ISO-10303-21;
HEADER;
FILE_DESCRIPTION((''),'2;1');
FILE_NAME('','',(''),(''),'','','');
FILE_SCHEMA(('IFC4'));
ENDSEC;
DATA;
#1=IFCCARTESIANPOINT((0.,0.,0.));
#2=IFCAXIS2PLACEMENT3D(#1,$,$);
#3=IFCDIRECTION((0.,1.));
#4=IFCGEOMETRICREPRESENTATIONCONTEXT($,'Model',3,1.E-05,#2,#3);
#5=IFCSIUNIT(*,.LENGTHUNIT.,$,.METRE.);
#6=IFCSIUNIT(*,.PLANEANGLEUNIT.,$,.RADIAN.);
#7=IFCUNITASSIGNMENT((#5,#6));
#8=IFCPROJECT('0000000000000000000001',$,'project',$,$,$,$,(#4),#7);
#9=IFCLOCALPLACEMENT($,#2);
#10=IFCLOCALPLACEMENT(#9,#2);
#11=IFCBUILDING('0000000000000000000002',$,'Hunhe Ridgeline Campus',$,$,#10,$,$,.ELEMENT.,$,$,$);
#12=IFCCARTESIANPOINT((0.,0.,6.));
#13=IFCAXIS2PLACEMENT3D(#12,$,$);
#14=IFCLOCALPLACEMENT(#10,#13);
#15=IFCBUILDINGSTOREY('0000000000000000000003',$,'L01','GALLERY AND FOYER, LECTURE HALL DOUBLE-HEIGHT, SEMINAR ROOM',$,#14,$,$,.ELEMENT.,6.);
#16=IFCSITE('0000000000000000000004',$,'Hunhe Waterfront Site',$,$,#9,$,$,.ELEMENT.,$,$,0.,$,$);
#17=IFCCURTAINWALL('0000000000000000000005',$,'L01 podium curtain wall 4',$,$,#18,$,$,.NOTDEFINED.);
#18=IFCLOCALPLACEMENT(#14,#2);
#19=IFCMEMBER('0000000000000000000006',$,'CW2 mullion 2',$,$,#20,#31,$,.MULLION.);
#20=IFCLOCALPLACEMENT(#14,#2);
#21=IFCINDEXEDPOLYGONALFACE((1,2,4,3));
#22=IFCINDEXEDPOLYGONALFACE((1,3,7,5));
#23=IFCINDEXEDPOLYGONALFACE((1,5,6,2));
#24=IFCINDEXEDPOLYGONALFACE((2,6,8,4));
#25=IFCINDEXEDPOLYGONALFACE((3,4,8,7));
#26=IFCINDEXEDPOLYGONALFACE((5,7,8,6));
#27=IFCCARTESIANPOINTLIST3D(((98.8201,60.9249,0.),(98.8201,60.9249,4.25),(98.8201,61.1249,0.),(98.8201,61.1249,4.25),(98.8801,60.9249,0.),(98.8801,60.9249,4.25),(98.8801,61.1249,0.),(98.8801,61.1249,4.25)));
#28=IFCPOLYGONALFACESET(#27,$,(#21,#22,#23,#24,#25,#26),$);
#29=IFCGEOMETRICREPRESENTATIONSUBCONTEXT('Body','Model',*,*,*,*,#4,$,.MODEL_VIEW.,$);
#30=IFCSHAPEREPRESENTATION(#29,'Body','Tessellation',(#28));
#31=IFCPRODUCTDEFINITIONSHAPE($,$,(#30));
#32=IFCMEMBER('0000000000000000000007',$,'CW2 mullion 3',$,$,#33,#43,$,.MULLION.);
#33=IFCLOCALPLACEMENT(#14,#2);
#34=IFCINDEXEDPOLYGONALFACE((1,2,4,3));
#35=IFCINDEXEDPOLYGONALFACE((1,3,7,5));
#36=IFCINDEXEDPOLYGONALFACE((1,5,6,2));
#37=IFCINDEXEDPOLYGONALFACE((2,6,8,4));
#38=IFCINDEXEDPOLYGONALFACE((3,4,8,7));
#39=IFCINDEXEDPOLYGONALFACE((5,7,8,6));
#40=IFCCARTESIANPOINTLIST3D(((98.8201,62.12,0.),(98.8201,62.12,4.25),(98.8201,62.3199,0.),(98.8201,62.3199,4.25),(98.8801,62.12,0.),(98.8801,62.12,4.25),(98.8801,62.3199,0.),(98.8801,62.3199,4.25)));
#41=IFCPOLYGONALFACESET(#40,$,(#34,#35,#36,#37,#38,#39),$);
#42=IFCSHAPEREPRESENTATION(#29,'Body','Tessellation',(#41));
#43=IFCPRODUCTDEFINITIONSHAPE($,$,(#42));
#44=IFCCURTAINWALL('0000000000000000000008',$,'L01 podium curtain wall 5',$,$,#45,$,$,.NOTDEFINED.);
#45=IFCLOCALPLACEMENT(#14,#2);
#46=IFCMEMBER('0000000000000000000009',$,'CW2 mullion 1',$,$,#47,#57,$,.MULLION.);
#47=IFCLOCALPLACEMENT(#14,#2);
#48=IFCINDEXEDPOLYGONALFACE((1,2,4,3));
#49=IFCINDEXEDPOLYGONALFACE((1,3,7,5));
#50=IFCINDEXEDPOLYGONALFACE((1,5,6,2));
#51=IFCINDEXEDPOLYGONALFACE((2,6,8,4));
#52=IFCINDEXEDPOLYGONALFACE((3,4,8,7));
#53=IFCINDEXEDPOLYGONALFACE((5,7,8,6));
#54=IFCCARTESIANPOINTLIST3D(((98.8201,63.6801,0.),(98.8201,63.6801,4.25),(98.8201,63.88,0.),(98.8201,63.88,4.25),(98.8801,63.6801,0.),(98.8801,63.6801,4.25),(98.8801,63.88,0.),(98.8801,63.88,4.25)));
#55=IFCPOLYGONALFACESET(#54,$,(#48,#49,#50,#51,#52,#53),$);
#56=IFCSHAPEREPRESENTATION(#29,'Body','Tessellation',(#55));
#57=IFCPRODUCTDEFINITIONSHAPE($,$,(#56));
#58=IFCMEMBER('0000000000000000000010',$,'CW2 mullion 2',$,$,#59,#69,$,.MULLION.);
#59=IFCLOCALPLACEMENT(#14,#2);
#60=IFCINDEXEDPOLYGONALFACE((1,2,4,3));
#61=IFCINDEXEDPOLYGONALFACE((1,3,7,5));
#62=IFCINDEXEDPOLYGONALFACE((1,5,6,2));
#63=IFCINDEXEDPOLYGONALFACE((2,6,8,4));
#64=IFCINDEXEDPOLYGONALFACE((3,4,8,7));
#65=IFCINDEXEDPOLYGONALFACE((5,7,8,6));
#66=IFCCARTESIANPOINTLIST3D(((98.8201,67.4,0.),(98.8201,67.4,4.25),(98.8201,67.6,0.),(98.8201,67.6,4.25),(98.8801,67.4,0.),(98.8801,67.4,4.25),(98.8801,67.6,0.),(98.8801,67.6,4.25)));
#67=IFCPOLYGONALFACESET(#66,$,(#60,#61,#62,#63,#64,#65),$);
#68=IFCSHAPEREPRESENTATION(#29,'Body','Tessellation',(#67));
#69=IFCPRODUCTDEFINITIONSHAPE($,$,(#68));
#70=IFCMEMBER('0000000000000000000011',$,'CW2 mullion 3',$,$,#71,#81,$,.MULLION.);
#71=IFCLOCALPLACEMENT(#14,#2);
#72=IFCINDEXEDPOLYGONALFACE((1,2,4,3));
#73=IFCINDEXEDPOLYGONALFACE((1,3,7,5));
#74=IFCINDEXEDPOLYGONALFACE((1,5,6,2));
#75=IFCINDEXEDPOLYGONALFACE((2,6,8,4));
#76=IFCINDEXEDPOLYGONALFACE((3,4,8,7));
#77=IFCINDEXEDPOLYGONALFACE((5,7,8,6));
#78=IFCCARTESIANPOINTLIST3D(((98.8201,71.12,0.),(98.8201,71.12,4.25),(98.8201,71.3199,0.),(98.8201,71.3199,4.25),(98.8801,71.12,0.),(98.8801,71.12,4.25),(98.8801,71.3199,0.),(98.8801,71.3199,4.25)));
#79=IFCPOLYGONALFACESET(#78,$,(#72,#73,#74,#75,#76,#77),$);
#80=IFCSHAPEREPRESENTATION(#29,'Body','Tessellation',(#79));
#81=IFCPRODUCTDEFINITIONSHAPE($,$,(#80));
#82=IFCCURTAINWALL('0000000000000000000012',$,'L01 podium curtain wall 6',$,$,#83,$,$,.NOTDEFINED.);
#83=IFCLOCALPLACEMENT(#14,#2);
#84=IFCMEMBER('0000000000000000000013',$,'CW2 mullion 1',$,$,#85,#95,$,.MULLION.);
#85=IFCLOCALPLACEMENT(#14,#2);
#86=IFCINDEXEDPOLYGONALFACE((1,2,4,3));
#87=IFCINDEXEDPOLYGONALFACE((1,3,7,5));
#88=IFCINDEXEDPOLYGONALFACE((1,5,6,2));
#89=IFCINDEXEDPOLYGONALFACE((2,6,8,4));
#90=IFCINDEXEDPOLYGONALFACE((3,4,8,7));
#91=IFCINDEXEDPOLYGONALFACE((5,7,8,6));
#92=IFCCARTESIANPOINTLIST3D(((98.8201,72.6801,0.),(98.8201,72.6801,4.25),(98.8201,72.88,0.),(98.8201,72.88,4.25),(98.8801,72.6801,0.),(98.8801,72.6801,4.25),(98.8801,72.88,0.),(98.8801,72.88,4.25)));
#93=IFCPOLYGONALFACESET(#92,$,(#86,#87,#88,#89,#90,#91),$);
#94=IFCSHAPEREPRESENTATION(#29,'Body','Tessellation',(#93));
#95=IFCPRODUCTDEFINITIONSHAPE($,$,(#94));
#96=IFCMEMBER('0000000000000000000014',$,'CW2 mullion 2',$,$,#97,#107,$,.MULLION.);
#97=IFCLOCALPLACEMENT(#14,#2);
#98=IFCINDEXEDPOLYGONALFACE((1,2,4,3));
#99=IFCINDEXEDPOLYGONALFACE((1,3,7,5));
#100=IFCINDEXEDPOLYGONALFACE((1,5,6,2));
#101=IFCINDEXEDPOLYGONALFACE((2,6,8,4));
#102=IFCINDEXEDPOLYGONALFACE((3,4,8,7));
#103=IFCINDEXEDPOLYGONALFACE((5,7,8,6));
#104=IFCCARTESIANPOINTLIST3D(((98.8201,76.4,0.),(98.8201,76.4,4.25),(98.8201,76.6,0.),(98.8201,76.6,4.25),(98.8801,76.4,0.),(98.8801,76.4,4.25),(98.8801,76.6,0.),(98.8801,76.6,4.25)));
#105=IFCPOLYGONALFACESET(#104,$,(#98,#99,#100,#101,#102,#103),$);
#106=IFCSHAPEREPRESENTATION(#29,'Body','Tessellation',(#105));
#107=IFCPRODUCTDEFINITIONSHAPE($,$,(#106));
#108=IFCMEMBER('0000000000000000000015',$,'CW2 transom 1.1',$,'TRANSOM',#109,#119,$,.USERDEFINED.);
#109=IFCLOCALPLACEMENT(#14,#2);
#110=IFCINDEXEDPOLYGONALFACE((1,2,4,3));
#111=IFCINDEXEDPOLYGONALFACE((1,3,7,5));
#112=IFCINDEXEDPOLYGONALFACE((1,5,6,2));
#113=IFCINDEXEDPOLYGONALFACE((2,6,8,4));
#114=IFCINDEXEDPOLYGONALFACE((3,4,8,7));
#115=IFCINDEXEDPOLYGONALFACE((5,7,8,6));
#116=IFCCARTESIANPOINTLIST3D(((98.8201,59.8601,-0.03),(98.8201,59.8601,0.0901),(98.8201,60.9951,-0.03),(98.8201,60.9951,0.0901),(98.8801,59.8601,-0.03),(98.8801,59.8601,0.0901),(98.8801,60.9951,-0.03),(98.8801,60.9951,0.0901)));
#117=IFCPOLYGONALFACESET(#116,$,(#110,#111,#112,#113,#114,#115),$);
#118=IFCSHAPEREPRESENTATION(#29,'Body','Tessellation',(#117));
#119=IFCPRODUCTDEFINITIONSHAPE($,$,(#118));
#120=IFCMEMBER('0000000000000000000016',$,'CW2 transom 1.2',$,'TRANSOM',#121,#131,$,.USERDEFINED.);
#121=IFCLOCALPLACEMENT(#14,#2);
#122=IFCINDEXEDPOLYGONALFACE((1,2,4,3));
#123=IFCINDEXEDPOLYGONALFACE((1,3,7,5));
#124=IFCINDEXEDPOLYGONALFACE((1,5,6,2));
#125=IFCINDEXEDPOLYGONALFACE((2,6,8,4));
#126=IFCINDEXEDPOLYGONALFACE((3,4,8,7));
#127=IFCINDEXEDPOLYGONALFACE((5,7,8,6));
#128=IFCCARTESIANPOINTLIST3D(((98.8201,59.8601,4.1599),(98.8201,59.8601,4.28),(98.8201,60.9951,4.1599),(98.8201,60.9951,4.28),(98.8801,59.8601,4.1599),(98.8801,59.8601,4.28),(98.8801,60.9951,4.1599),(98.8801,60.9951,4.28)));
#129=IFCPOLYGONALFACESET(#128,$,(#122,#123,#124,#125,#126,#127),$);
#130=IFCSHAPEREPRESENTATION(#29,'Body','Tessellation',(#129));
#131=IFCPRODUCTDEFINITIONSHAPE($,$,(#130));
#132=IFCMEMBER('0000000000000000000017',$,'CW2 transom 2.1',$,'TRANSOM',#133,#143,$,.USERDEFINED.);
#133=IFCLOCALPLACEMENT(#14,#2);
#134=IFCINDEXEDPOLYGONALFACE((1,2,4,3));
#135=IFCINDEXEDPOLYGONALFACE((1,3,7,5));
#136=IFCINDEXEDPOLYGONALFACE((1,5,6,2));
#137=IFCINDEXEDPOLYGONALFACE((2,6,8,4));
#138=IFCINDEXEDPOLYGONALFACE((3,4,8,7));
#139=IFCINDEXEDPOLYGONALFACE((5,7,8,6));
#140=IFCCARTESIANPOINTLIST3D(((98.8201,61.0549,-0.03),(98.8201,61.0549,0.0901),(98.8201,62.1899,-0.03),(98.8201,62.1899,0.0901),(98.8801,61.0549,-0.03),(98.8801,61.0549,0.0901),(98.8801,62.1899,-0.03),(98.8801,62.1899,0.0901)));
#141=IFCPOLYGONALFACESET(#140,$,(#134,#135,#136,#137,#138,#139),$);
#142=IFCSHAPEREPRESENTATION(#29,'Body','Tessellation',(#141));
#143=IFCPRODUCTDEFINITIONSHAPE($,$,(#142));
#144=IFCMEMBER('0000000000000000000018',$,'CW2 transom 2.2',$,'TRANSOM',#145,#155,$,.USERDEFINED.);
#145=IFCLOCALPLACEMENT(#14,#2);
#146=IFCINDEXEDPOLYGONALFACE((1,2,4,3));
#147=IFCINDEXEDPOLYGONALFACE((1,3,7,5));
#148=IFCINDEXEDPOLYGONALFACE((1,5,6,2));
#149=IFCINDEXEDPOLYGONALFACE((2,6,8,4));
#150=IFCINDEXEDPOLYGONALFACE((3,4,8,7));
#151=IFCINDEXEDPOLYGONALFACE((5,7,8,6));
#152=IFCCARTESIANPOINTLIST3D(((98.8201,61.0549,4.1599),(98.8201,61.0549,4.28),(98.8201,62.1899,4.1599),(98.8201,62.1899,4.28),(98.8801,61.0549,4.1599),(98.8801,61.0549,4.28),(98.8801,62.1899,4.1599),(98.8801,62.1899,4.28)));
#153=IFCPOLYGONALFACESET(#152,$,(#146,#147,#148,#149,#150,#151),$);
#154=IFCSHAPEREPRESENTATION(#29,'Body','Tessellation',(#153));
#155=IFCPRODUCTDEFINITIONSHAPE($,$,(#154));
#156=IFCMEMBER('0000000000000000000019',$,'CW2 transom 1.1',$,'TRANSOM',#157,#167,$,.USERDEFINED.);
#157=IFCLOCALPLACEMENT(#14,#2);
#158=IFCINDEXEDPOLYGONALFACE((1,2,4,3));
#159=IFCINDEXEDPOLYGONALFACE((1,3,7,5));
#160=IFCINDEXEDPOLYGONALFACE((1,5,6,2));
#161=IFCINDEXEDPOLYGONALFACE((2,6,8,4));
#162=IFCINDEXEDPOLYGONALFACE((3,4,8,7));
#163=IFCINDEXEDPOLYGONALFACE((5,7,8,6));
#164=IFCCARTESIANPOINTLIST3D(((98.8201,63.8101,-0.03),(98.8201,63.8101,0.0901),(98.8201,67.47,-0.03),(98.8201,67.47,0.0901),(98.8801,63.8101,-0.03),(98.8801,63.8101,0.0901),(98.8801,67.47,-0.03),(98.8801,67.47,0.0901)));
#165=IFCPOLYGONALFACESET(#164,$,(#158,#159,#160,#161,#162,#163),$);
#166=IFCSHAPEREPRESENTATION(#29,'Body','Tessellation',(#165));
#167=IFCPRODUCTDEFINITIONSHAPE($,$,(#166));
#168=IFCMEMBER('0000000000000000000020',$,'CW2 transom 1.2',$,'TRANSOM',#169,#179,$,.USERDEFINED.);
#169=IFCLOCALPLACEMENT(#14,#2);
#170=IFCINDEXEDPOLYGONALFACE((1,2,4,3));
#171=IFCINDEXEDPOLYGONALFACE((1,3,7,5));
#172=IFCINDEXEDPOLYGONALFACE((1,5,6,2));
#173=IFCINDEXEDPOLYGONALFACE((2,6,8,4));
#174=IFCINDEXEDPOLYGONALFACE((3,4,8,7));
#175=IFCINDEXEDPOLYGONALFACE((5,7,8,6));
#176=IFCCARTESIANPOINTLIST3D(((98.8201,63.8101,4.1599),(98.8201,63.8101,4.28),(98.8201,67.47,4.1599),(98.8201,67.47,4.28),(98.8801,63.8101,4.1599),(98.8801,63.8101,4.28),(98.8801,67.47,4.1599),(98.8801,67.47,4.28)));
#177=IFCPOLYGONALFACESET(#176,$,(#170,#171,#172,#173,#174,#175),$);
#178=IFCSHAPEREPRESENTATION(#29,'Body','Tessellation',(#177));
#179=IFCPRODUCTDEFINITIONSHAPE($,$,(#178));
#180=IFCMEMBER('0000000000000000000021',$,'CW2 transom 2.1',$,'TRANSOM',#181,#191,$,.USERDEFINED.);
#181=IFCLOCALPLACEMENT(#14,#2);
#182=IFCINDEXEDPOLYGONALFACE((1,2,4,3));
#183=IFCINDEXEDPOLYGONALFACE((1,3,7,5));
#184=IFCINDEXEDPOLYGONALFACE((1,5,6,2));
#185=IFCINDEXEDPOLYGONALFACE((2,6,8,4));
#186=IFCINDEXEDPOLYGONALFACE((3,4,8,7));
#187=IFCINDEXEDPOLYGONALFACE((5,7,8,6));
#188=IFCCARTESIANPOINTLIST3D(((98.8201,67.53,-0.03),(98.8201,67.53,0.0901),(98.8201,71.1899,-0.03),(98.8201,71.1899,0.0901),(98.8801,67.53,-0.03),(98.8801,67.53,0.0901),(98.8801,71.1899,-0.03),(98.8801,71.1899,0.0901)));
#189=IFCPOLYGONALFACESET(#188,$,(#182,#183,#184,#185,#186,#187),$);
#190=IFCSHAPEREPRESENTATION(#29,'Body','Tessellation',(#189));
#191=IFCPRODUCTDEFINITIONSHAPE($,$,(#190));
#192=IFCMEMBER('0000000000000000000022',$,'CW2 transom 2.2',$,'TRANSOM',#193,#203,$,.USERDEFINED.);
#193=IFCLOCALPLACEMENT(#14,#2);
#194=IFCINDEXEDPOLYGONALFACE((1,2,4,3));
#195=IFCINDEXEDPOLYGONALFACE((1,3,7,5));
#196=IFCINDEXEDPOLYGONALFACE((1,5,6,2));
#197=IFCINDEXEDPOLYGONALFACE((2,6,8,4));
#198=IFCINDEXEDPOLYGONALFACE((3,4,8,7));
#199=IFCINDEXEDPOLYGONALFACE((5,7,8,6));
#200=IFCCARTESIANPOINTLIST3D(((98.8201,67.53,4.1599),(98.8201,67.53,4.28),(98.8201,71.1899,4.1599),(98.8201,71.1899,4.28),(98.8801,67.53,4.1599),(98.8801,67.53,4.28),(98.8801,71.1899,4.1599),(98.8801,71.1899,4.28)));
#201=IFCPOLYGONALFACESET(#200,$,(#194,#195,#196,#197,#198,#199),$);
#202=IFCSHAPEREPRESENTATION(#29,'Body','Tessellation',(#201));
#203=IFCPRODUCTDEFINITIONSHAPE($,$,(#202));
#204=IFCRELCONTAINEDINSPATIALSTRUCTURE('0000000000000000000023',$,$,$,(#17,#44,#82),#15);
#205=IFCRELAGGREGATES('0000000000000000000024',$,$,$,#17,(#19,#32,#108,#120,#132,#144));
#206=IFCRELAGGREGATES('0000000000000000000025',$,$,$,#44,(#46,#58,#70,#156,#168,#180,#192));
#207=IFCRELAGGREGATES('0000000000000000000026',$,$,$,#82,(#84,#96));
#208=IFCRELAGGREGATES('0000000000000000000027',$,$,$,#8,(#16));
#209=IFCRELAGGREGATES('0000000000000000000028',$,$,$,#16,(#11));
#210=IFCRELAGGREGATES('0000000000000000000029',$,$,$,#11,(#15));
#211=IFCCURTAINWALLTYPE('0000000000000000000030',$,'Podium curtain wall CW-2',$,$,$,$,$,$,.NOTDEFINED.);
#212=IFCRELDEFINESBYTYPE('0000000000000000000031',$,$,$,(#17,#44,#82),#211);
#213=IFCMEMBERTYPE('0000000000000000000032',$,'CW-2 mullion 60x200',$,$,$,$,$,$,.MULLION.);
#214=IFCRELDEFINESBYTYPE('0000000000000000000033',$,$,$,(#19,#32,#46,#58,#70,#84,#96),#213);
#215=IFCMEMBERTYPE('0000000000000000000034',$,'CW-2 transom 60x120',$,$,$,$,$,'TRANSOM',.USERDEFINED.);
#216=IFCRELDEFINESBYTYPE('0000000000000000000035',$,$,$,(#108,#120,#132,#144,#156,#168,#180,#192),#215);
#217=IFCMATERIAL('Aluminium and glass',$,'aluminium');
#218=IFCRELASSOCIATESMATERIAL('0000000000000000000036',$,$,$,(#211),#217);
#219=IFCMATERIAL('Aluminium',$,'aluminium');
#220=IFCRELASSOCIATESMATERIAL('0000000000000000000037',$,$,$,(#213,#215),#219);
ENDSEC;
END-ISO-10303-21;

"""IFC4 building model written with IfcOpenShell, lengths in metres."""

from ifc_helpers import new_model, si_unit, direction, frame, origin, origin_2d, place, context, subcontext, project, spatial, rectangle, extrude, material, material_profile, profile_set, type_object, element, aggregate, save


model = new_model("IFC4")

# Units and contexts
model_context = context("Model", 3, precision=1e-05, world=origin(), true_north=direction((0.0, 1.0)))
body_context = subcontext(model_context, "Body", "Model", "MODEL_VIEW")
ifc_project = project(units=[si_unit("LENGTHUNIT", "METRE"), si_unit("PLANEANGLEUNIT", "RADIAN")], contexts=[model_context])

# Site, building, storey
site_placement = place(None, origin())
site = spatial("IfcSite", under=ifc_project, at=site_placement, Name="Hunhe Waterfront Site", CompositionType="ELEMENT", RefElevation=0.0)
building_placement = place(site_placement, origin())
building = spatial("IfcBuilding", under=site, at=building_placement, Name="Hunhe Ridgeline Campus", CompositionType="ELEMENT")
storey_placement = place(building_placement, frame((0.0, 0.0, 6.0)))
storey = spatial("IfcBuildingStorey", under=building, at=storey_placement, Name="L01", Description="GALLERY AND FOYER, LECTURE HALL DOUBLE-HEIGHT, SEMINAR ROOM", CompositionType="ELEMENT", Elevation=6.0)

# Curtain walls, members
ifc_material_1 = material(Name="Aluminium and glass", Category="aluminium")
curtain_wall_type = type_object("IfcCurtainWallType", Name="Podium curtain wall CW-2", PredefinedType="NOTDEFINED", material=ifc_material_1)
curtain_wall_1_placement = place(storey_placement, origin())
curtain_wall_1 = element("IfcCurtainWall", 1, at=curtain_wall_1_placement, inside=storey, type_object=curtain_wall_type, Name="L01 podium curtain wall 4", PredefinedType="NOTDEFINED")
ifc_material_2 = material(Name="Aluminium", Category="aluminium")
ifc_material_profile_1 = material_profile(ifc_material_2, rectangle(XDim=0.0601, YDim=0.2, at=origin_2d()))
ifc_profile_set_1 = profile_set([ifc_material_profile_1], Name="Aluminium")
member_type_1 = type_object("IfcMemberType", Name="CW-2 mullion 60x200", PredefinedType="MULLION", material=ifc_profile_set_1)
member_1_placement = place(storey_placement, frame((98.8501, 61.0249, 0.0), z_axis=(0.0, 0.0, 1.0), x_axis=(-1.0, 0.0, 0.0)))
member_1 = element("IfcMember", 2, at=member_1_placement, type_object=member_type_1, Name="CW2 mullion 2", PredefinedType="MULLION", context=body_context, shape_type="SweptSolid", body=[
    extrude(rectangle(XDim=0.0601, YDim=0.2, at=origin_2d()), origin(), (0.0, 0.0, 1.0), 4.25),
])
member_2_placement = place(storey_placement, frame((98.8501, 62.22, 0.0), z_axis=(0.0, 0.0, 1.0), x_axis=(-1.0, 0.0, 0.0)))
member_2 = element("IfcMember", 3, at=member_2_placement, type_object=member_type_1, Name="CW2 mullion 3", PredefinedType="MULLION", context=body_context, shape_type="SweptSolid", body=[
    extrude(rectangle(XDim=0.0601, YDim=0.2, at=origin_2d()), origin(), (0.0, 0.0, 1.0), 4.25),
])
curtain_wall_2_placement = place(storey_placement, origin())
curtain_wall_2 = element("IfcCurtainWall", 4, at=curtain_wall_2_placement, inside=storey, type_object=curtain_wall_type, Name="L01 podium curtain wall 5", PredefinedType="NOTDEFINED")
member_3_placement = place(storey_placement, frame((98.8501, 63.78, 0.0), z_axis=(0.0, 0.0, 1.0), x_axis=(-1.0, 0.0, 0.0)))
member_3 = element("IfcMember", 5, at=member_3_placement, type_object=member_type_1, Name="CW2 mullion 1", PredefinedType="MULLION", context=body_context, shape_type="SweptSolid", body=[
    extrude(rectangle(XDim=0.0601, YDim=0.2, at=origin_2d()), origin(), (0.0, 0.0, 1.0), 4.25),
])
member_4_placement = place(storey_placement, frame((98.8501, 67.5, 0.0), z_axis=(0.0, 0.0, 1.0), x_axis=(-1.0, 0.0, 0.0)))
member_4 = element("IfcMember", 6, at=member_4_placement, type_object=member_type_1, Name="CW2 mullion 2", PredefinedType="MULLION", context=body_context, shape_type="SweptSolid", body=[
    extrude(rectangle(XDim=0.0601, YDim=0.2, at=origin_2d()), origin(), (0.0, 0.0, 1.0), 4.25),
])
member_5_placement = place(storey_placement, frame((98.8501, 71.22, 0.0), z_axis=(0.0, 0.0, 1.0), x_axis=(-1.0, 0.0, 0.0)))
member_5 = element("IfcMember", 7, at=member_5_placement, type_object=member_type_1, Name="CW2 mullion 3", PredefinedType="MULLION", context=body_context, shape_type="SweptSolid", body=[
    extrude(rectangle(XDim=0.0601, YDim=0.2, at=origin_2d()), origin(), (0.0, 0.0, 1.0), 4.25),
])
curtain_wall_3_placement = place(storey_placement, origin())
curtain_wall_3 = element("IfcCurtainWall", 8, at=curtain_wall_3_placement, inside=storey, type_object=curtain_wall_type, Name="L01 podium curtain wall 6", PredefinedType="NOTDEFINED")
member_6_placement = place(storey_placement, frame((98.8501, 72.78, 0.0), z_axis=(0.0, 0.0, 1.0), x_axis=(-1.0, 0.0, 0.0)))
member_6 = element("IfcMember", 9, at=member_6_placement, type_object=member_type_1, Name="CW2 mullion 1", PredefinedType="MULLION", context=body_context, shape_type="SweptSolid", body=[
    extrude(rectangle(XDim=0.0601, YDim=0.2, at=origin_2d()), origin(), (0.0, 0.0, 1.0), 4.25),
])
member_7_placement = place(storey_placement, frame((98.8501, 76.5, 0.0), z_axis=(0.0, 0.0, 1.0), x_axis=(-1.0, 0.0, 0.0)))
member_7 = element("IfcMember", 10, at=member_7_placement, type_object=member_type_1, Name="CW2 mullion 2", PredefinedType="MULLION", context=body_context, shape_type="SweptSolid", body=[
    extrude(rectangle(XDim=0.0601, YDim=0.2, at=origin_2d()), origin(), (0.0, 0.0, 1.0), 4.25),
])

# Members
ifc_material_profile_2 = material_profile(ifc_material_2, rectangle(XDim=0.0601, YDim=0.1201, at=origin_2d()))
ifc_profile_set_2 = profile_set([ifc_material_profile_2], Name="Aluminium")
member_type_2 = type_object("IfcMemberType", Name="CW-2 transom 60x120", ElementType="TRANSOM", PredefinedType="USERDEFINED", material=ifc_profile_set_2)
member_8_placement = place(storey_placement, frame((98.8501, 59.8601, 0.03), z_axis=(0.0, 1.0, 0.0), x_axis=(-1.0, 0.0, 0.0)))
member_8 = element("IfcMember", 11, at=member_8_placement, type_object=member_type_2, Name="CW2 transom 1.1", ObjectType="TRANSOM", PredefinedType="USERDEFINED", context=body_context, shape_type="SweptSolid", body=[
    extrude(rectangle(XDim=0.0601, YDim=0.1201, at=origin_2d()), origin(), (0.0, 0.0, 1.0), 1.135),
])
member_9_placement = place(storey_placement, frame((98.8501, 59.8601, 4.22), z_axis=(0.0, 1.0, 0.0), x_axis=(-1.0, 0.0, 0.0)))
member_9 = element("IfcMember", 12, at=member_9_placement, type_object=member_type_2, Name="CW2 transom 1.2", ObjectType="TRANSOM", PredefinedType="USERDEFINED", context=body_context, shape_type="SweptSolid", body=[
    extrude(rectangle(XDim=0.0601, YDim=0.1201, at=origin_2d()), origin(), (0.0, 0.0, 1.0), 1.135),
])
member_10_placement = place(storey_placement, frame((98.8501, 61.0549, 0.03), z_axis=(0.0, 1.0, 0.0), x_axis=(-1.0, 0.0, 0.0)))
member_10 = element("IfcMember", 13, at=member_10_placement, type_object=member_type_2, Name="CW2 transom 2.1", ObjectType="TRANSOM", PredefinedType="USERDEFINED", context=body_context, shape_type="SweptSolid", body=[
    extrude(rectangle(XDim=0.0601, YDim=0.1201, at=origin_2d()), origin(), (0.0, 0.0, 1.0), 1.135),
])
member_11_placement = place(storey_placement, frame((98.8501, 61.0549, 4.22), z_axis=(0.0, 1.0, 0.0), x_axis=(-1.0, 0.0, 0.0)))
member_11 = element("IfcMember", 14, at=member_11_placement, type_object=member_type_2, Name="CW2 transom 2.2", ObjectType="TRANSOM", PredefinedType="USERDEFINED", context=body_context, shape_type="SweptSolid", body=[
    extrude(rectangle(XDim=0.0601, YDim=0.1201, at=origin_2d()), origin(), (0.0, 0.0, 1.0), 1.135),
])
member_12_placement = place(storey_placement, frame((98.8501, 63.8101, 0.03), z_axis=(0.0, 1.0, 0.0), x_axis=(-1.0, 0.0, 0.0)))
member_12 = element("IfcMember", 15, at=member_12_placement, type_object=member_type_2, Name="CW2 transom 1.1", ObjectType="TRANSOM", PredefinedType="USERDEFINED", context=body_context, shape_type="SweptSolid", body=[
    extrude(rectangle(XDim=0.0601, YDim=0.1201, at=origin_2d()), origin(), (0.0, 0.0, 1.0), 3.6599),
])
member_13_placement = place(storey_placement, frame((98.8501, 63.8101, 4.22), z_axis=(0.0, 1.0, 0.0), x_axis=(-1.0, 0.0, 0.0)))
member_13 = element("IfcMember", 16, at=member_13_placement, type_object=member_type_2, Name="CW2 transom 1.2", ObjectType="TRANSOM", PredefinedType="USERDEFINED", context=body_context, shape_type="SweptSolid", body=[
    extrude(rectangle(XDim=0.0601, YDim=0.1201, at=origin_2d()), origin(), (0.0, 0.0, 1.0), 3.6599),
])
member_14_placement = place(storey_placement, frame((98.8501, 67.53, 0.03), z_axis=(0.0, 1.0, 0.0), x_axis=(-1.0, 0.0, 0.0)))
member_14 = element("IfcMember", 17, at=member_14_placement, type_object=member_type_2, Name="CW2 transom 2.1", ObjectType="TRANSOM", PredefinedType="USERDEFINED", context=body_context, shape_type="SweptSolid", body=[
    extrude(rectangle(XDim=0.0601, YDim=0.1201, at=origin_2d()), origin(), (0.0, 0.0, 1.0), 3.6599),
])
member_15_placement = place(storey_placement, frame((98.8501, 67.53, 4.22), z_axis=(0.0, 1.0, 0.0), x_axis=(-1.0, 0.0, 0.0)))
member_15 = element("IfcMember", 18, at=member_15_placement, type_object=member_type_2, Name="CW2 transom 2.2", ObjectType="TRANSOM", PredefinedType="USERDEFINED", context=body_context, shape_type="SweptSolid", body=[
    extrude(rectangle(XDim=0.0601, YDim=0.1201, at=origin_2d()), origin(), (0.0, 0.0, 1.0), 3.6599),
])

aggregate(curtain_wall_1, [member_1, member_2, member_8, member_9, member_10, member_11])
aggregate(curtain_wall_2, [member_3, member_4, member_5, member_12, member_13, member_14, member_15])
aggregate(curtain_wall_3, [member_6, member_7])

save(model, "model.ifc")
